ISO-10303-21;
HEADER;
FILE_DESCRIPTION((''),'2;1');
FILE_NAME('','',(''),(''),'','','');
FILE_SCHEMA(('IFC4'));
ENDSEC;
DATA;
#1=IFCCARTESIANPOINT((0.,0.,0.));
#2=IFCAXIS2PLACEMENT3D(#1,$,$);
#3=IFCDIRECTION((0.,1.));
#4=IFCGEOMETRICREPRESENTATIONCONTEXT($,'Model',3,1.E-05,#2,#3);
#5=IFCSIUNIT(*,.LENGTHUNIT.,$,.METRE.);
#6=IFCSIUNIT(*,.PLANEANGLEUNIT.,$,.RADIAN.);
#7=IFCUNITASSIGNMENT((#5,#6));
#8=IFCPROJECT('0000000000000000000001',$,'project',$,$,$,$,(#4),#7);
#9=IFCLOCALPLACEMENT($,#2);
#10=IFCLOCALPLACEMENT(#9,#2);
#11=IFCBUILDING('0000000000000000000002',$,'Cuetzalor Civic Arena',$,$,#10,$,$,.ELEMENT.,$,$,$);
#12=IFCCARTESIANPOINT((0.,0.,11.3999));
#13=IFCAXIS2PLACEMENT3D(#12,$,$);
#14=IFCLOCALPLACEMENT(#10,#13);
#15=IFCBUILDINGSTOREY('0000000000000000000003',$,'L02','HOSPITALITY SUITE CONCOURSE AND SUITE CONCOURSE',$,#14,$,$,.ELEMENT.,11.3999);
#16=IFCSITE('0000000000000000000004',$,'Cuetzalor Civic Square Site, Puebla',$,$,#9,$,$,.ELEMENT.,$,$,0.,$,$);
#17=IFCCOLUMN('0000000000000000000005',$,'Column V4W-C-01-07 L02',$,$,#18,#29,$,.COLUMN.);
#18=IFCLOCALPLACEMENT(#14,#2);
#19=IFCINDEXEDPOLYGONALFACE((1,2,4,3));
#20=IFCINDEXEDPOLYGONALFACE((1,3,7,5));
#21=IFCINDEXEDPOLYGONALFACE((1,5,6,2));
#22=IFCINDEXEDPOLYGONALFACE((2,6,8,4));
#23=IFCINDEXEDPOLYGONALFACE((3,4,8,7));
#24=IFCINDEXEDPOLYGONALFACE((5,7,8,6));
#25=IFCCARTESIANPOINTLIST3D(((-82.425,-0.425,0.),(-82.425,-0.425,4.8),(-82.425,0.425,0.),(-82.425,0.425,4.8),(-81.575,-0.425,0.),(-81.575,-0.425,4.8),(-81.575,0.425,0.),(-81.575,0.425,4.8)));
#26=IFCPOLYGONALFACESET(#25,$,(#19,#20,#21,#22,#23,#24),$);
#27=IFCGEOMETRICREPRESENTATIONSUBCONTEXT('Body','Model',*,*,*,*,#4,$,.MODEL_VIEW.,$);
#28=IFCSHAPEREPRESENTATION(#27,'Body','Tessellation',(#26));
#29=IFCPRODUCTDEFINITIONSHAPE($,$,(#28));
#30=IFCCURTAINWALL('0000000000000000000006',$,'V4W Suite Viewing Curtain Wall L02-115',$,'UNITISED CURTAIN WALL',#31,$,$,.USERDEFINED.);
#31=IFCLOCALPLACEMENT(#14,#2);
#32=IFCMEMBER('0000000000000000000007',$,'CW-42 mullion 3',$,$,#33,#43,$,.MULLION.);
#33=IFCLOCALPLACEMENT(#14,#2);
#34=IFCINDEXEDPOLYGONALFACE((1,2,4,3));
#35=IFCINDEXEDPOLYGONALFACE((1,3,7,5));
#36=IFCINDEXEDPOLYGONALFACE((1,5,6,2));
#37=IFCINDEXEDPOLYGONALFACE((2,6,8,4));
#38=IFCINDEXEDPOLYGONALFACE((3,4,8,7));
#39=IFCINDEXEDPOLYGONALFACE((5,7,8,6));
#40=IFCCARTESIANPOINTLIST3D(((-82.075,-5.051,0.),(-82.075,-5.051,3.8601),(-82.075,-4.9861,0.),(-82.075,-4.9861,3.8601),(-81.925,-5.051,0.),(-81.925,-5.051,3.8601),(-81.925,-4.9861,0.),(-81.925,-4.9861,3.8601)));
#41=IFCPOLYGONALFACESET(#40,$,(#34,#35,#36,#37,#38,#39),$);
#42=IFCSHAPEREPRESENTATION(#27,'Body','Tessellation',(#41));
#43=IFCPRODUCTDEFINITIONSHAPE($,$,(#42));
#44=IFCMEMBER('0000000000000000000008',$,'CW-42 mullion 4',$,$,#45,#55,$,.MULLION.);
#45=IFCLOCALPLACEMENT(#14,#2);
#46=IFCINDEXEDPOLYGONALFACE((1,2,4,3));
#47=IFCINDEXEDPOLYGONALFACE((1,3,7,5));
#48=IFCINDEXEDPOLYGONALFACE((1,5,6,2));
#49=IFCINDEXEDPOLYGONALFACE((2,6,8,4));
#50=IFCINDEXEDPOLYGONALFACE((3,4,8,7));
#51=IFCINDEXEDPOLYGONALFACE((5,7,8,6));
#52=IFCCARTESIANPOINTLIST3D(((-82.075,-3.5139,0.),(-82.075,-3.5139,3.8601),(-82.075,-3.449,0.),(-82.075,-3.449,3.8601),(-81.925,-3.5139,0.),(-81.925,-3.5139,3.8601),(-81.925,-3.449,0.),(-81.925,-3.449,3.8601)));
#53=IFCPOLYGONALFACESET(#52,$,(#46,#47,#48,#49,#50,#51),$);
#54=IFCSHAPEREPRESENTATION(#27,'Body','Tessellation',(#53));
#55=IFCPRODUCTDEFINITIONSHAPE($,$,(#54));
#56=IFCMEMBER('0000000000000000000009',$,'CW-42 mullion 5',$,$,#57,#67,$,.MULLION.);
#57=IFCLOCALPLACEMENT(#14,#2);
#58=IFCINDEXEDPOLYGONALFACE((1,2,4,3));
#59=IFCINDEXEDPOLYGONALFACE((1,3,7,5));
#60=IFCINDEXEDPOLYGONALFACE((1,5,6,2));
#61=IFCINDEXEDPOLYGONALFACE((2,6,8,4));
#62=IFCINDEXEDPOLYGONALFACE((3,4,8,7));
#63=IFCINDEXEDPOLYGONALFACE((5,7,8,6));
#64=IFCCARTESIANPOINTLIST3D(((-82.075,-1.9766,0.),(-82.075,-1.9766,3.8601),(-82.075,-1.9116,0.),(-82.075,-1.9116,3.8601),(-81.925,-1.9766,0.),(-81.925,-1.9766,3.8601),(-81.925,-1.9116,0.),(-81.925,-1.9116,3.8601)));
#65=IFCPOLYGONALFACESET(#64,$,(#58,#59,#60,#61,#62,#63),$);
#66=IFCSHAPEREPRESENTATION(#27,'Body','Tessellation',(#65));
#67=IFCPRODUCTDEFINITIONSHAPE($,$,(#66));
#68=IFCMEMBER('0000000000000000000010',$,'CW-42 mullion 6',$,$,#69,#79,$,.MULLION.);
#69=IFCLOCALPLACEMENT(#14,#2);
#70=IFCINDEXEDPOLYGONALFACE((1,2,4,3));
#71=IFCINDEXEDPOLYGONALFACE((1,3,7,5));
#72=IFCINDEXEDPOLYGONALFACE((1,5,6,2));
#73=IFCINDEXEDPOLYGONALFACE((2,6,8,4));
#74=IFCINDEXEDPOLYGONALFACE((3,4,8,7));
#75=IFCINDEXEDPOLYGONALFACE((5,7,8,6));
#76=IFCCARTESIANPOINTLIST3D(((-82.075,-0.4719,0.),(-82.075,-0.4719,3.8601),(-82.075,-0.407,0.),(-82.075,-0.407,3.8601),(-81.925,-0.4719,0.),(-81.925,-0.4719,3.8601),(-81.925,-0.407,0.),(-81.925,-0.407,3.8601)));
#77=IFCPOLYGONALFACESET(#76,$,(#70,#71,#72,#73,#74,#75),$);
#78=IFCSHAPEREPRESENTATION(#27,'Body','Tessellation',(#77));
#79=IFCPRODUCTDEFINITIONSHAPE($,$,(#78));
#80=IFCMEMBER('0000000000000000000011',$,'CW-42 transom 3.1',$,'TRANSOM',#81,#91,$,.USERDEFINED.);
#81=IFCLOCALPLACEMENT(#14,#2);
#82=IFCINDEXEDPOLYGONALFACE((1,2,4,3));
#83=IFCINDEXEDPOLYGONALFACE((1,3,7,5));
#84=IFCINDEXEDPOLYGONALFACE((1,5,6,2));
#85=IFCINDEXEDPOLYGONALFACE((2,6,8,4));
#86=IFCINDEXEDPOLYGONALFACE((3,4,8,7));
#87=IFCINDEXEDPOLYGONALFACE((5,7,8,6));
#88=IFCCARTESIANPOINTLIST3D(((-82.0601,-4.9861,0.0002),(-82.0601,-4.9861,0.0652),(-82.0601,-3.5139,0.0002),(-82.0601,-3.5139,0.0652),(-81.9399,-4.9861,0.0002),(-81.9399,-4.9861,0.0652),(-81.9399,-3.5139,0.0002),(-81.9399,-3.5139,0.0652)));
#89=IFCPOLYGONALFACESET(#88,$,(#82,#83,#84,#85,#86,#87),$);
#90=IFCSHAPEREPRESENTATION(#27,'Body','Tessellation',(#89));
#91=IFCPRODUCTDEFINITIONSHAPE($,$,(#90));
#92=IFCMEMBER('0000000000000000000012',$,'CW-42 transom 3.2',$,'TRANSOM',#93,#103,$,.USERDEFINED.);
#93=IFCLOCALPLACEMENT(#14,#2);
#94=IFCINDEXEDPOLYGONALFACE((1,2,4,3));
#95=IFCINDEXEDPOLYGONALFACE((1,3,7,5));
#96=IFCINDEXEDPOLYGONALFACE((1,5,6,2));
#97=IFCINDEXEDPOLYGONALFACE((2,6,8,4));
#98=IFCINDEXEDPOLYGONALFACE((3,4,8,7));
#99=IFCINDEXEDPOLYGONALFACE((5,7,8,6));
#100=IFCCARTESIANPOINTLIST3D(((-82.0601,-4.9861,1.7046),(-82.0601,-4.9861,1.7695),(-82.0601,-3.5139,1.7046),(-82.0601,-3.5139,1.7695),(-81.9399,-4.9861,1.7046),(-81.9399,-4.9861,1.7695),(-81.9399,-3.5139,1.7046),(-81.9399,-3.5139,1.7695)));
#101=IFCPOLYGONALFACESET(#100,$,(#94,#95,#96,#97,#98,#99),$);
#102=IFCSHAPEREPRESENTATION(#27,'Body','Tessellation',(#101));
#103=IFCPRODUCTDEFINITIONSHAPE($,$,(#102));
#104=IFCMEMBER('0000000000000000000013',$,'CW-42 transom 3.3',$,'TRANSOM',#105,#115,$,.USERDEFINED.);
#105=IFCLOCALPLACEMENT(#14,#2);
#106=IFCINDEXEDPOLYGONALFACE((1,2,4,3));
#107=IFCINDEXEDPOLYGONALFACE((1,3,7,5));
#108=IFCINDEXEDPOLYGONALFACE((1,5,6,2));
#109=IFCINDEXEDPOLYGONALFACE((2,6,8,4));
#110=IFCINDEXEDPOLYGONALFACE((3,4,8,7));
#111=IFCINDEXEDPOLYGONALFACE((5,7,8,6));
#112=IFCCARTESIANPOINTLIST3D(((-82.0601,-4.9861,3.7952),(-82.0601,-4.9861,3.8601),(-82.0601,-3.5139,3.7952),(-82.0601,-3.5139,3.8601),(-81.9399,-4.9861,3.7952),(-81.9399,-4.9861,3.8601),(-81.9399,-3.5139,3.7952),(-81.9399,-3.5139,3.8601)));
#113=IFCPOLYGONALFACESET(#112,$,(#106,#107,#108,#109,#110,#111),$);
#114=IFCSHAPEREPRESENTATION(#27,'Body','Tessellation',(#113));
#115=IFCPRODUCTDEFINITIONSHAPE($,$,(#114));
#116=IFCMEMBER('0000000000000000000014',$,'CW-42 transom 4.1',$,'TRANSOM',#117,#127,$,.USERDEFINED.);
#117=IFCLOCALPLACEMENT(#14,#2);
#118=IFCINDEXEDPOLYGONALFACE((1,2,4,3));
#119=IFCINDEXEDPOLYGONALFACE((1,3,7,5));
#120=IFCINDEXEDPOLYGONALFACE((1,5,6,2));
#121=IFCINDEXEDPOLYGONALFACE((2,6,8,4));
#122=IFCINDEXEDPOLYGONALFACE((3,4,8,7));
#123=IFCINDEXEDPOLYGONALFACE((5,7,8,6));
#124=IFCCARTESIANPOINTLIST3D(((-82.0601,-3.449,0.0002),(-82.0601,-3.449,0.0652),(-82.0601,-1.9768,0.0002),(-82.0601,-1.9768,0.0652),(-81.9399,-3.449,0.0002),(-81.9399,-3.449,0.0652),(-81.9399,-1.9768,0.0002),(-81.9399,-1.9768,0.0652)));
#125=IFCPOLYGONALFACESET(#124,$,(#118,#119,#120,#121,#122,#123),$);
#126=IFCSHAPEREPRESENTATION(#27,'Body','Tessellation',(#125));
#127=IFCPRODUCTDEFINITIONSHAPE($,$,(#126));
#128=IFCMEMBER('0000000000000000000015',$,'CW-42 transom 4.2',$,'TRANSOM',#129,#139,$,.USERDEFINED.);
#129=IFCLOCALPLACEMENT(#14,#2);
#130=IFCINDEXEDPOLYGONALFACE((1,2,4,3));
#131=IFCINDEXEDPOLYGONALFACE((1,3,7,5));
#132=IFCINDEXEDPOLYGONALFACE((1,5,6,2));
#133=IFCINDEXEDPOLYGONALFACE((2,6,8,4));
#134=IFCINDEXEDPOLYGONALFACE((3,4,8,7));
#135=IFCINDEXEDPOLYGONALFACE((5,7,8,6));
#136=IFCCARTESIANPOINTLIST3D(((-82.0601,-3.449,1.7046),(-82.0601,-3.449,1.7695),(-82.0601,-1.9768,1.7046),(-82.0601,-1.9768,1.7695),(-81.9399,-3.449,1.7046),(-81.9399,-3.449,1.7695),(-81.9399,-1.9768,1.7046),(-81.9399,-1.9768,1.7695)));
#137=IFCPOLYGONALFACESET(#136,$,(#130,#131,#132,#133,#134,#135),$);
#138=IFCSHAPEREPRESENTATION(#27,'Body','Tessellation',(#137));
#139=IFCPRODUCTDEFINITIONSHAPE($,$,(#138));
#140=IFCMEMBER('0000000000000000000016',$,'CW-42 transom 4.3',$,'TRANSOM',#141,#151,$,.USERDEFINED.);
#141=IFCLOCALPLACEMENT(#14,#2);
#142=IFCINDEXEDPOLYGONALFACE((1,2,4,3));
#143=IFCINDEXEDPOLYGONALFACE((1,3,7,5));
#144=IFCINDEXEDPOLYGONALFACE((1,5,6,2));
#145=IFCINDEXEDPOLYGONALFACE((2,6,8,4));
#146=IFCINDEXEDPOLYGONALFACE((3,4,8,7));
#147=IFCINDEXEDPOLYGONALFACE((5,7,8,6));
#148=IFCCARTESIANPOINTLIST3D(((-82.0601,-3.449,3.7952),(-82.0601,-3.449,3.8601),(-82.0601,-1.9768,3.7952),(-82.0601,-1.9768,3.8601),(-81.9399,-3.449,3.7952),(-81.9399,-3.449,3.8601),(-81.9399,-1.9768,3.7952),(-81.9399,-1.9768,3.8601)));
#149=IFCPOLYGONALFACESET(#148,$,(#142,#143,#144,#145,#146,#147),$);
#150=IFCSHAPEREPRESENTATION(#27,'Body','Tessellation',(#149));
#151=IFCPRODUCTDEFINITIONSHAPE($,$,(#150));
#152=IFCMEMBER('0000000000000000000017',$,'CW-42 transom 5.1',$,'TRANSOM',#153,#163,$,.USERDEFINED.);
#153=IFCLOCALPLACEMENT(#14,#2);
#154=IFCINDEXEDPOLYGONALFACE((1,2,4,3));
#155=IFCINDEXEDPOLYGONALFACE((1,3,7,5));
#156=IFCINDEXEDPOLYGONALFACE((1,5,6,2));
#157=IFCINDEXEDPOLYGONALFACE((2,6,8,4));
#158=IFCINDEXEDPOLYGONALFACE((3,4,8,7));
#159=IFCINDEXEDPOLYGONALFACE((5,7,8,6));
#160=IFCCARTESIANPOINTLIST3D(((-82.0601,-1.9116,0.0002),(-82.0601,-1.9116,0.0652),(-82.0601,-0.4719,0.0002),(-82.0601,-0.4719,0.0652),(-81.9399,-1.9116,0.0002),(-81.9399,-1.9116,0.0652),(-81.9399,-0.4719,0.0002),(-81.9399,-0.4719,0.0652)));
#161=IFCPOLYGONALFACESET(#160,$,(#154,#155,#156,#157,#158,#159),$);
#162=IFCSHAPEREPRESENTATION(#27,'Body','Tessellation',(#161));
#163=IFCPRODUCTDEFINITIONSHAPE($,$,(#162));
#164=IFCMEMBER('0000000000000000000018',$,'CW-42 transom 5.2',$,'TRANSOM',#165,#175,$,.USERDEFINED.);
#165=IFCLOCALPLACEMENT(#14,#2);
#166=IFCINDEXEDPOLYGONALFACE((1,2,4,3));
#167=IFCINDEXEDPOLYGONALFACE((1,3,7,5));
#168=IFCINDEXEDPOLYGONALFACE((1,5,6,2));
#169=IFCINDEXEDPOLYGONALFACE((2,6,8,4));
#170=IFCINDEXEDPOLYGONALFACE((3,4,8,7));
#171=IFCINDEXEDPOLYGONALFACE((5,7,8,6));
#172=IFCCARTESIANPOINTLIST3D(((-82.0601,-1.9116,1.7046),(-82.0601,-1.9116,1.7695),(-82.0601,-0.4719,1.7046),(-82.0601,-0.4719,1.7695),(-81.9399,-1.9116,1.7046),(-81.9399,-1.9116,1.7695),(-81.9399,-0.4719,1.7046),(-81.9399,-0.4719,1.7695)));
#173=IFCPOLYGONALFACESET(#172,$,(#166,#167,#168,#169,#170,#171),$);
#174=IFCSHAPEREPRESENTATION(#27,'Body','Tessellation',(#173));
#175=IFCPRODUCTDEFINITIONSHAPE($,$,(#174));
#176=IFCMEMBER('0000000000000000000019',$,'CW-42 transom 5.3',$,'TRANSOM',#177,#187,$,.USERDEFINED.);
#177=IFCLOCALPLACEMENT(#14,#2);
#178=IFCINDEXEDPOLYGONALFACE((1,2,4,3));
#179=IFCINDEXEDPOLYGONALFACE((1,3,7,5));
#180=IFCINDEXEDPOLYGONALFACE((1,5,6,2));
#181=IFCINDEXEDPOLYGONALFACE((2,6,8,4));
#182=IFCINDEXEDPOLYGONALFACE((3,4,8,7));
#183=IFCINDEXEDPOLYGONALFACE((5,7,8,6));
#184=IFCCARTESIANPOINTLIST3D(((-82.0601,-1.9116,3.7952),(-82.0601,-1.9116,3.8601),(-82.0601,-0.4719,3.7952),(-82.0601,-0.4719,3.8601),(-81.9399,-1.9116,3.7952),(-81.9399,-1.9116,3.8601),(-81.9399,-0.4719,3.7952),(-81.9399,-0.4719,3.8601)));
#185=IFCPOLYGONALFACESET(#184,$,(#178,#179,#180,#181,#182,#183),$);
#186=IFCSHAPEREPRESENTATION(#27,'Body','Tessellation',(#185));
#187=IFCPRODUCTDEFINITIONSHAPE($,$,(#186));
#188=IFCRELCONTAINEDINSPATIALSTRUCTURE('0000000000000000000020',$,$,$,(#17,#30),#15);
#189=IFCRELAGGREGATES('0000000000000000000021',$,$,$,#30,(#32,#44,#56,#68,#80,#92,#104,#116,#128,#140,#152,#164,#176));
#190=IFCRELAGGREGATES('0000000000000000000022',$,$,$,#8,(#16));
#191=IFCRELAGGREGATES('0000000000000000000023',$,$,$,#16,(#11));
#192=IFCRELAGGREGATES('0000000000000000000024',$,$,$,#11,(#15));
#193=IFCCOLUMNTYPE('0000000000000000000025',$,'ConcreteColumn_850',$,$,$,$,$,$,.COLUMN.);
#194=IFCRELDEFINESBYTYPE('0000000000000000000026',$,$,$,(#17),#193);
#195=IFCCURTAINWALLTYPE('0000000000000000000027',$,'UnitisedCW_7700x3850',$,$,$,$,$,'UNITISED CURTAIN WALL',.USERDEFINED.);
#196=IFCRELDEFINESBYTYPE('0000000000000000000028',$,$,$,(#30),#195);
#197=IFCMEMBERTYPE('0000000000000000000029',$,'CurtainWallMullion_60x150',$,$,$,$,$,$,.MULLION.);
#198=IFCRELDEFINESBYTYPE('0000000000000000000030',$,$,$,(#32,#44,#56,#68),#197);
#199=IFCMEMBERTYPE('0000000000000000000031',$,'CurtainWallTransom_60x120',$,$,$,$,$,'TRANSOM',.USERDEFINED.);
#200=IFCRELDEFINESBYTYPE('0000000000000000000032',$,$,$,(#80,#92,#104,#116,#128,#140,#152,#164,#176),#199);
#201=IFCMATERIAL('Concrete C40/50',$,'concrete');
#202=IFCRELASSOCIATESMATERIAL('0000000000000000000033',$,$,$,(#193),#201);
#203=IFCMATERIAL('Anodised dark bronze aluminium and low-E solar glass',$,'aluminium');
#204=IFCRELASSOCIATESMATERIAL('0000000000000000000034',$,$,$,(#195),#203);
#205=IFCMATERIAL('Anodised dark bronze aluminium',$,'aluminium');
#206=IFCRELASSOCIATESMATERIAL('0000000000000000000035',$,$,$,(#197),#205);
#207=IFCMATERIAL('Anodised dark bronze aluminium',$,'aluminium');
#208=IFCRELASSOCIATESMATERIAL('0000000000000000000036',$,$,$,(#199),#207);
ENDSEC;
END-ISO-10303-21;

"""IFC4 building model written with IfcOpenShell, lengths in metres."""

from ifc_helpers import new_model, si_unit, direction, frame, origin, origin_2d, place, context, subcontext, project, spatial, rectangle, extrude, material, material_profile, profile_set, type_object, element, aggregate, save


model = new_model("IFC4")

# Units and contexts
model_context = context("Model", 3, precision=1e-05, world=origin(), true_north=direction((0.0, 1.0)))
body_context = subcontext(model_context, "Body", "Model", "MODEL_VIEW")
ifc_project = project(units=[si_unit("LENGTHUNIT", "METRE"), si_unit("PLANEANGLEUNIT", "RADIAN")], contexts=[model_context])

# Site, building, storey
site_placement = place(None, origin())
site = spatial("IfcSite", under=ifc_project, at=site_placement, Name="Cuetzalor Civic Square Site, Puebla", CompositionType="ELEMENT", RefElevation=0.0)
building_placement = place(site_placement, origin())
building = spatial("IfcBuilding", under=site, at=building_placement, Name="Cuetzalor Civic Arena", CompositionType="ELEMENT")
storey_placement = place(building_placement, frame((0.0, 0.0, 11.3999)))
storey = spatial("IfcBuildingStorey", under=building, at=storey_placement, Name="L02", Description="HOSPITALITY SUITE CONCOURSE AND SUITE CONCOURSE", CompositionType="ELEMENT", Elevation=11.3999)

# Column
ifc_material_1 = material(Name="Concrete C40/50", Category="concrete")
ifc_material_profile_1 = material_profile(ifc_material_1, rectangle(XDim=0.8501, YDim=0.8501, at=origin_2d()), Name="RC 850x850")
ifc_profile_set_1 = profile_set([ifc_material_profile_1], Name="Concrete C40/50")
column_type = type_object("IfcColumnType", Name="ConcreteColumn_850", PredefinedType="COLUMN", material=ifc_profile_set_1)
column_placement = place(storey_placement, frame((-82.0, 0.0, 0.0), z_axis=(0.0, 0.0, 1.0), x_axis=(1.0, 0.0, 0.0)))
element("IfcColumn", 1, at=column_placement, inside=storey, type_object=column_type, Name="Column V4W-C-01-07 L02", PredefinedType="COLUMN", context=body_context, shape_type="SweptSolid", body=[
    extrude(rectangle(XDim=0.8501, YDim=0.8501, at=origin_2d()), origin(), (0.0, 0.0, 1.0), 4.8),
])

# Curtain wall, members
ifc_material_2 = material(Name="Anodised dark bronze aluminium and low-E solar glass", Category="aluminium")
curtain_wall_type = type_object("IfcCurtainWallType", Name="UnitisedCW_7700x3850", ElementType="UNITISED CURTAIN WALL", PredefinedType="USERDEFINED", material=ifc_material_2)
curtain_wall_placement = place(storey_placement, origin())
curtain_wall = element("IfcCurtainWall", 2, at=curtain_wall_placement, inside=storey, type_object=curtain_wall_type, Name="V4W Suite Viewing Curtain Wall L02-115", ObjectType="UNITISED CURTAIN WALL", PredefinedType="USERDEFINED")
ifc_material_3 = material(Name="Anodised dark bronze aluminium", Category="aluminium")
ifc_material_profile_2 = material_profile(ifc_material_3, rectangle(XDim=0.0649, YDim=0.1499, at=origin_2d()), Name="ALU MULLION 65x150")
ifc_profile_set_2 = profile_set([ifc_material_profile_2], Name="Anodised dark bronze aluminium")
member_type_1 = type_object("IfcMemberType", Name="CurtainWallMullion_60x150", PredefinedType="MULLION", material=ifc_profile_set_2)
member_1_placement = place(storey_placement, frame((-82.0, -5.0186, 0.0), z_axis=(0.0, 0.0, 1.0), x_axis=(0.0, 1.0, 0.0)))
member_1 = element("IfcMember", 3, at=member_1_placement, type_object=member_type_1, Name="CW-42 mullion 3", PredefinedType="MULLION", context=body_context, shape_type="SweptSolid", body=[
    extrude(rectangle(XDim=0.0649, YDim=0.1499, at=origin_2d()), origin(), (0.0, 0.0, 1.0), 3.8601),
])
member_2_placement = place(storey_placement, frame((-82.0, -3.4814, 0.0), z_axis=(0.0, 0.0, 1.0), x_axis=(0.0, 1.0, 0.0)))
member_2 = element("IfcMember", 4, at=member_2_placement, type_object=member_type_1, Name="CW-42 mullion 4", PredefinedType="MULLION", context=body_context, shape_type="SweptSolid", body=[
    extrude(rectangle(XDim=0.0649, YDim=0.1499, at=origin_2d()), origin(), (0.0, 0.0, 1.0), 3.8601),
])
member_3_placement = place(storey_placement, frame((-82.0, -1.9441, 0.0), z_axis=(0.0, 0.0, 1.0), x_axis=(0.0, 1.0, 0.0)))
member_3 = element("IfcMember", 5, at=member_3_placement, type_object=member_type_1, Name="CW-42 mullion 5", PredefinedType="MULLION", context=body_context, shape_type="SweptSolid", body=[
    extrude(rectangle(XDim=0.0649, YDim=0.1499, at=origin_2d()), origin(), (0.0, 0.0, 1.0), 3.8601),
])
member_4_placement = place(storey_placement, frame((-82.0, -0.4395, 0.0), z_axis=(0.0, 0.0, 1.0), x_axis=(0.0, 1.0, 0.0)))
member_4 = element("IfcMember", 6, at=member_4_placement, type_object=member_type_1, Name="CW-42 mullion 6", PredefinedType="MULLION", context=body_context, shape_type="SweptSolid", body=[
    extrude(rectangle(XDim=0.0649, YDim=0.1499, at=origin_2d()), origin(), (0.0, 0.0, 1.0), 3.8601),
])
ifc_material_4 = material(Name="Anodised dark bronze aluminium", Category="aluminium")
ifc_material_profile_3 = material_profile(ifc_material_4, rectangle(XDim=0.1201, YDim=0.0649, at=origin_2d()), Name="ALU TRANSOM 65x120")
ifc_profile_set_3 = profile_set([ifc_material_profile_3], Name="Anodised dark bronze aluminium")
member_type_2 = type_object("IfcMemberType", Name="CurtainWallTransom_60x120", ElementType="TRANSOM", PredefinedType="USERDEFINED", material=ifc_profile_set_3)
member_5_placement = place(storey_placement, frame((-82.0, -4.9861, 0.0327), z_axis=(0.0, 1.0, 0.0), x_axis=(-1.0, 0.0, 0.0)))
member_5 = element("IfcMember", 7, at=member_5_placement, type_object=member_type_2, Name="CW-42 transom 3.1", ObjectType="TRANSOM", PredefinedType="USERDEFINED", context=body_context, shape_type="SweptSolid", body=[
    extrude(rectangle(XDim=0.1201, YDim=0.0649, at=origin_2d()), origin(), (0.0, 0.0, 1.0), 1.4722),
])
member_6_placement = place(storey_placement, frame((-82.0, -4.9861, 1.7371), z_axis=(0.0, 1.0, 0.0), x_axis=(-1.0, 0.0, 0.0)))
member_6 = element("IfcMember", 8, at=member_6_placement, type_object=member_type_2, Name="CW-42 transom 3.2", ObjectType="TRANSOM", PredefinedType="USERDEFINED", context=body_context, shape_type="SweptSolid", body=[
    extrude(rectangle(XDim=0.1201, YDim=0.0649, at=origin_2d()), origin(), (0.0, 0.0, 1.0), 1.4722),
])
member_7_placement = place(storey_placement, frame((-82.0, -4.9861, 3.8276), z_axis=(0.0, 1.0, 0.0), x_axis=(-1.0, 0.0, 0.0)))
member_7 = element("IfcMember", 9, at=member_7_placement, type_object=member_type_2, Name="CW-42 transom 3.3", ObjectType="TRANSOM", PredefinedType="USERDEFINED", context=body_context, shape_type="SweptSolid", body=[
    extrude(rectangle(XDim=0.1201, YDim=0.0649, at=origin_2d()), origin(), (0.0, 0.0, 1.0), 1.4722),
])
member_8_placement = place(storey_placement, frame((-82.0, -3.449, 0.0327), z_axis=(0.0, 1.0, 0.0), x_axis=(-1.0, 0.0, 0.0)))
member_8 = element("IfcMember", 10, at=member_8_placement, type_object=member_type_2, Name="CW-42 transom 4.1", ObjectType="TRANSOM", PredefinedType="USERDEFINED", context=body_context, shape_type="SweptSolid", body=[
    extrude(rectangle(XDim=0.1201, YDim=0.0649, at=origin_2d()), origin(), (0.0, 0.0, 1.0), 1.4722),
])
member_9_placement = place(storey_placement, frame((-82.0, -3.449, 1.7371), z_axis=(0.0, 1.0, 0.0), x_axis=(-1.0, 0.0, 0.0)))
member_9 = element("IfcMember", 11, at=member_9_placement, type_object=member_type_2, Name="CW-42 transom 4.2", ObjectType="TRANSOM", PredefinedType="USERDEFINED", context=body_context, shape_type="SweptSolid", body=[
    extrude(rectangle(XDim=0.1201, YDim=0.0649, at=origin_2d()), origin(), (0.0, 0.0, 1.0), 1.4722),
])
member_10_placement = place(storey_placement, frame((-82.0, -3.449, 3.8276), z_axis=(0.0, 1.0, 0.0), x_axis=(-1.0, 0.0, 0.0)))
member_10 = element("IfcMember", 12, at=member_10_placement, type_object=member_type_2, Name="CW-42 transom 4.3", ObjectType="TRANSOM", PredefinedType="USERDEFINED", context=body_context, shape_type="SweptSolid", body=[
    extrude(rectangle(XDim=0.1201, YDim=0.0649, at=origin_2d()), origin(), (0.0, 0.0, 1.0), 1.4722),
])
member_11_placement = place(storey_placement, frame((-82.0, -1.9116, 0.0327), z_axis=(0.0, 1.0, 0.0), x_axis=(-1.0, 0.0, 0.0)))
member_11 = element("IfcMember", 13, at=member_11_placement, type_object=member_type_2, Name="CW-42 transom 5.1", ObjectType="TRANSOM", PredefinedType="USERDEFINED", context=body_context, shape_type="SweptSolid", body=[
    extrude(rectangle(XDim=0.1201, YDim=0.0649, at=origin_2d()), origin(), (0.0, 0.0, 1.0), 1.4397),
])
member_12_placement = place(storey_placement, frame((-82.0, -1.9116, 1.7371), z_axis=(0.0, 1.0, 0.0), x_axis=(-1.0, 0.0, 0.0)))
member_12 = element("IfcMember", 14, at=member_12_placement, type_object=member_type_2, Name="CW-42 transom 5.2", ObjectType="TRANSOM", PredefinedType="USERDEFINED", context=body_context, shape_type="SweptSolid", body=[
    extrude(rectangle(XDim=0.1201, YDim=0.0649, at=origin_2d()), origin(), (0.0, 0.0, 1.0), 1.4397),
])
member_13_placement = place(storey_placement, frame((-82.0, -1.9116, 3.8276), z_axis=(0.0, 1.0, 0.0), x_axis=(-1.0, 0.0, 0.0)))
member_13 = element("IfcMember", 15, at=member_13_placement, type_object=member_type_2, Name="CW-42 transom 5.3", ObjectType="TRANSOM", PredefinedType="USERDEFINED", context=body_context, shape_type="SweptSolid", body=[
    extrude(rectangle(XDim=0.1201, YDim=0.0649, at=origin_2d()), origin(), (0.0, 0.0, 1.0), 1.4397),
])
aggregate(curtain_wall, [member_1, member_2, member_3, member_4, member_5, member_6, member_7, member_8, member_9, member_10, member_11, member_12, member_13])

save(model, "model.ifc")
